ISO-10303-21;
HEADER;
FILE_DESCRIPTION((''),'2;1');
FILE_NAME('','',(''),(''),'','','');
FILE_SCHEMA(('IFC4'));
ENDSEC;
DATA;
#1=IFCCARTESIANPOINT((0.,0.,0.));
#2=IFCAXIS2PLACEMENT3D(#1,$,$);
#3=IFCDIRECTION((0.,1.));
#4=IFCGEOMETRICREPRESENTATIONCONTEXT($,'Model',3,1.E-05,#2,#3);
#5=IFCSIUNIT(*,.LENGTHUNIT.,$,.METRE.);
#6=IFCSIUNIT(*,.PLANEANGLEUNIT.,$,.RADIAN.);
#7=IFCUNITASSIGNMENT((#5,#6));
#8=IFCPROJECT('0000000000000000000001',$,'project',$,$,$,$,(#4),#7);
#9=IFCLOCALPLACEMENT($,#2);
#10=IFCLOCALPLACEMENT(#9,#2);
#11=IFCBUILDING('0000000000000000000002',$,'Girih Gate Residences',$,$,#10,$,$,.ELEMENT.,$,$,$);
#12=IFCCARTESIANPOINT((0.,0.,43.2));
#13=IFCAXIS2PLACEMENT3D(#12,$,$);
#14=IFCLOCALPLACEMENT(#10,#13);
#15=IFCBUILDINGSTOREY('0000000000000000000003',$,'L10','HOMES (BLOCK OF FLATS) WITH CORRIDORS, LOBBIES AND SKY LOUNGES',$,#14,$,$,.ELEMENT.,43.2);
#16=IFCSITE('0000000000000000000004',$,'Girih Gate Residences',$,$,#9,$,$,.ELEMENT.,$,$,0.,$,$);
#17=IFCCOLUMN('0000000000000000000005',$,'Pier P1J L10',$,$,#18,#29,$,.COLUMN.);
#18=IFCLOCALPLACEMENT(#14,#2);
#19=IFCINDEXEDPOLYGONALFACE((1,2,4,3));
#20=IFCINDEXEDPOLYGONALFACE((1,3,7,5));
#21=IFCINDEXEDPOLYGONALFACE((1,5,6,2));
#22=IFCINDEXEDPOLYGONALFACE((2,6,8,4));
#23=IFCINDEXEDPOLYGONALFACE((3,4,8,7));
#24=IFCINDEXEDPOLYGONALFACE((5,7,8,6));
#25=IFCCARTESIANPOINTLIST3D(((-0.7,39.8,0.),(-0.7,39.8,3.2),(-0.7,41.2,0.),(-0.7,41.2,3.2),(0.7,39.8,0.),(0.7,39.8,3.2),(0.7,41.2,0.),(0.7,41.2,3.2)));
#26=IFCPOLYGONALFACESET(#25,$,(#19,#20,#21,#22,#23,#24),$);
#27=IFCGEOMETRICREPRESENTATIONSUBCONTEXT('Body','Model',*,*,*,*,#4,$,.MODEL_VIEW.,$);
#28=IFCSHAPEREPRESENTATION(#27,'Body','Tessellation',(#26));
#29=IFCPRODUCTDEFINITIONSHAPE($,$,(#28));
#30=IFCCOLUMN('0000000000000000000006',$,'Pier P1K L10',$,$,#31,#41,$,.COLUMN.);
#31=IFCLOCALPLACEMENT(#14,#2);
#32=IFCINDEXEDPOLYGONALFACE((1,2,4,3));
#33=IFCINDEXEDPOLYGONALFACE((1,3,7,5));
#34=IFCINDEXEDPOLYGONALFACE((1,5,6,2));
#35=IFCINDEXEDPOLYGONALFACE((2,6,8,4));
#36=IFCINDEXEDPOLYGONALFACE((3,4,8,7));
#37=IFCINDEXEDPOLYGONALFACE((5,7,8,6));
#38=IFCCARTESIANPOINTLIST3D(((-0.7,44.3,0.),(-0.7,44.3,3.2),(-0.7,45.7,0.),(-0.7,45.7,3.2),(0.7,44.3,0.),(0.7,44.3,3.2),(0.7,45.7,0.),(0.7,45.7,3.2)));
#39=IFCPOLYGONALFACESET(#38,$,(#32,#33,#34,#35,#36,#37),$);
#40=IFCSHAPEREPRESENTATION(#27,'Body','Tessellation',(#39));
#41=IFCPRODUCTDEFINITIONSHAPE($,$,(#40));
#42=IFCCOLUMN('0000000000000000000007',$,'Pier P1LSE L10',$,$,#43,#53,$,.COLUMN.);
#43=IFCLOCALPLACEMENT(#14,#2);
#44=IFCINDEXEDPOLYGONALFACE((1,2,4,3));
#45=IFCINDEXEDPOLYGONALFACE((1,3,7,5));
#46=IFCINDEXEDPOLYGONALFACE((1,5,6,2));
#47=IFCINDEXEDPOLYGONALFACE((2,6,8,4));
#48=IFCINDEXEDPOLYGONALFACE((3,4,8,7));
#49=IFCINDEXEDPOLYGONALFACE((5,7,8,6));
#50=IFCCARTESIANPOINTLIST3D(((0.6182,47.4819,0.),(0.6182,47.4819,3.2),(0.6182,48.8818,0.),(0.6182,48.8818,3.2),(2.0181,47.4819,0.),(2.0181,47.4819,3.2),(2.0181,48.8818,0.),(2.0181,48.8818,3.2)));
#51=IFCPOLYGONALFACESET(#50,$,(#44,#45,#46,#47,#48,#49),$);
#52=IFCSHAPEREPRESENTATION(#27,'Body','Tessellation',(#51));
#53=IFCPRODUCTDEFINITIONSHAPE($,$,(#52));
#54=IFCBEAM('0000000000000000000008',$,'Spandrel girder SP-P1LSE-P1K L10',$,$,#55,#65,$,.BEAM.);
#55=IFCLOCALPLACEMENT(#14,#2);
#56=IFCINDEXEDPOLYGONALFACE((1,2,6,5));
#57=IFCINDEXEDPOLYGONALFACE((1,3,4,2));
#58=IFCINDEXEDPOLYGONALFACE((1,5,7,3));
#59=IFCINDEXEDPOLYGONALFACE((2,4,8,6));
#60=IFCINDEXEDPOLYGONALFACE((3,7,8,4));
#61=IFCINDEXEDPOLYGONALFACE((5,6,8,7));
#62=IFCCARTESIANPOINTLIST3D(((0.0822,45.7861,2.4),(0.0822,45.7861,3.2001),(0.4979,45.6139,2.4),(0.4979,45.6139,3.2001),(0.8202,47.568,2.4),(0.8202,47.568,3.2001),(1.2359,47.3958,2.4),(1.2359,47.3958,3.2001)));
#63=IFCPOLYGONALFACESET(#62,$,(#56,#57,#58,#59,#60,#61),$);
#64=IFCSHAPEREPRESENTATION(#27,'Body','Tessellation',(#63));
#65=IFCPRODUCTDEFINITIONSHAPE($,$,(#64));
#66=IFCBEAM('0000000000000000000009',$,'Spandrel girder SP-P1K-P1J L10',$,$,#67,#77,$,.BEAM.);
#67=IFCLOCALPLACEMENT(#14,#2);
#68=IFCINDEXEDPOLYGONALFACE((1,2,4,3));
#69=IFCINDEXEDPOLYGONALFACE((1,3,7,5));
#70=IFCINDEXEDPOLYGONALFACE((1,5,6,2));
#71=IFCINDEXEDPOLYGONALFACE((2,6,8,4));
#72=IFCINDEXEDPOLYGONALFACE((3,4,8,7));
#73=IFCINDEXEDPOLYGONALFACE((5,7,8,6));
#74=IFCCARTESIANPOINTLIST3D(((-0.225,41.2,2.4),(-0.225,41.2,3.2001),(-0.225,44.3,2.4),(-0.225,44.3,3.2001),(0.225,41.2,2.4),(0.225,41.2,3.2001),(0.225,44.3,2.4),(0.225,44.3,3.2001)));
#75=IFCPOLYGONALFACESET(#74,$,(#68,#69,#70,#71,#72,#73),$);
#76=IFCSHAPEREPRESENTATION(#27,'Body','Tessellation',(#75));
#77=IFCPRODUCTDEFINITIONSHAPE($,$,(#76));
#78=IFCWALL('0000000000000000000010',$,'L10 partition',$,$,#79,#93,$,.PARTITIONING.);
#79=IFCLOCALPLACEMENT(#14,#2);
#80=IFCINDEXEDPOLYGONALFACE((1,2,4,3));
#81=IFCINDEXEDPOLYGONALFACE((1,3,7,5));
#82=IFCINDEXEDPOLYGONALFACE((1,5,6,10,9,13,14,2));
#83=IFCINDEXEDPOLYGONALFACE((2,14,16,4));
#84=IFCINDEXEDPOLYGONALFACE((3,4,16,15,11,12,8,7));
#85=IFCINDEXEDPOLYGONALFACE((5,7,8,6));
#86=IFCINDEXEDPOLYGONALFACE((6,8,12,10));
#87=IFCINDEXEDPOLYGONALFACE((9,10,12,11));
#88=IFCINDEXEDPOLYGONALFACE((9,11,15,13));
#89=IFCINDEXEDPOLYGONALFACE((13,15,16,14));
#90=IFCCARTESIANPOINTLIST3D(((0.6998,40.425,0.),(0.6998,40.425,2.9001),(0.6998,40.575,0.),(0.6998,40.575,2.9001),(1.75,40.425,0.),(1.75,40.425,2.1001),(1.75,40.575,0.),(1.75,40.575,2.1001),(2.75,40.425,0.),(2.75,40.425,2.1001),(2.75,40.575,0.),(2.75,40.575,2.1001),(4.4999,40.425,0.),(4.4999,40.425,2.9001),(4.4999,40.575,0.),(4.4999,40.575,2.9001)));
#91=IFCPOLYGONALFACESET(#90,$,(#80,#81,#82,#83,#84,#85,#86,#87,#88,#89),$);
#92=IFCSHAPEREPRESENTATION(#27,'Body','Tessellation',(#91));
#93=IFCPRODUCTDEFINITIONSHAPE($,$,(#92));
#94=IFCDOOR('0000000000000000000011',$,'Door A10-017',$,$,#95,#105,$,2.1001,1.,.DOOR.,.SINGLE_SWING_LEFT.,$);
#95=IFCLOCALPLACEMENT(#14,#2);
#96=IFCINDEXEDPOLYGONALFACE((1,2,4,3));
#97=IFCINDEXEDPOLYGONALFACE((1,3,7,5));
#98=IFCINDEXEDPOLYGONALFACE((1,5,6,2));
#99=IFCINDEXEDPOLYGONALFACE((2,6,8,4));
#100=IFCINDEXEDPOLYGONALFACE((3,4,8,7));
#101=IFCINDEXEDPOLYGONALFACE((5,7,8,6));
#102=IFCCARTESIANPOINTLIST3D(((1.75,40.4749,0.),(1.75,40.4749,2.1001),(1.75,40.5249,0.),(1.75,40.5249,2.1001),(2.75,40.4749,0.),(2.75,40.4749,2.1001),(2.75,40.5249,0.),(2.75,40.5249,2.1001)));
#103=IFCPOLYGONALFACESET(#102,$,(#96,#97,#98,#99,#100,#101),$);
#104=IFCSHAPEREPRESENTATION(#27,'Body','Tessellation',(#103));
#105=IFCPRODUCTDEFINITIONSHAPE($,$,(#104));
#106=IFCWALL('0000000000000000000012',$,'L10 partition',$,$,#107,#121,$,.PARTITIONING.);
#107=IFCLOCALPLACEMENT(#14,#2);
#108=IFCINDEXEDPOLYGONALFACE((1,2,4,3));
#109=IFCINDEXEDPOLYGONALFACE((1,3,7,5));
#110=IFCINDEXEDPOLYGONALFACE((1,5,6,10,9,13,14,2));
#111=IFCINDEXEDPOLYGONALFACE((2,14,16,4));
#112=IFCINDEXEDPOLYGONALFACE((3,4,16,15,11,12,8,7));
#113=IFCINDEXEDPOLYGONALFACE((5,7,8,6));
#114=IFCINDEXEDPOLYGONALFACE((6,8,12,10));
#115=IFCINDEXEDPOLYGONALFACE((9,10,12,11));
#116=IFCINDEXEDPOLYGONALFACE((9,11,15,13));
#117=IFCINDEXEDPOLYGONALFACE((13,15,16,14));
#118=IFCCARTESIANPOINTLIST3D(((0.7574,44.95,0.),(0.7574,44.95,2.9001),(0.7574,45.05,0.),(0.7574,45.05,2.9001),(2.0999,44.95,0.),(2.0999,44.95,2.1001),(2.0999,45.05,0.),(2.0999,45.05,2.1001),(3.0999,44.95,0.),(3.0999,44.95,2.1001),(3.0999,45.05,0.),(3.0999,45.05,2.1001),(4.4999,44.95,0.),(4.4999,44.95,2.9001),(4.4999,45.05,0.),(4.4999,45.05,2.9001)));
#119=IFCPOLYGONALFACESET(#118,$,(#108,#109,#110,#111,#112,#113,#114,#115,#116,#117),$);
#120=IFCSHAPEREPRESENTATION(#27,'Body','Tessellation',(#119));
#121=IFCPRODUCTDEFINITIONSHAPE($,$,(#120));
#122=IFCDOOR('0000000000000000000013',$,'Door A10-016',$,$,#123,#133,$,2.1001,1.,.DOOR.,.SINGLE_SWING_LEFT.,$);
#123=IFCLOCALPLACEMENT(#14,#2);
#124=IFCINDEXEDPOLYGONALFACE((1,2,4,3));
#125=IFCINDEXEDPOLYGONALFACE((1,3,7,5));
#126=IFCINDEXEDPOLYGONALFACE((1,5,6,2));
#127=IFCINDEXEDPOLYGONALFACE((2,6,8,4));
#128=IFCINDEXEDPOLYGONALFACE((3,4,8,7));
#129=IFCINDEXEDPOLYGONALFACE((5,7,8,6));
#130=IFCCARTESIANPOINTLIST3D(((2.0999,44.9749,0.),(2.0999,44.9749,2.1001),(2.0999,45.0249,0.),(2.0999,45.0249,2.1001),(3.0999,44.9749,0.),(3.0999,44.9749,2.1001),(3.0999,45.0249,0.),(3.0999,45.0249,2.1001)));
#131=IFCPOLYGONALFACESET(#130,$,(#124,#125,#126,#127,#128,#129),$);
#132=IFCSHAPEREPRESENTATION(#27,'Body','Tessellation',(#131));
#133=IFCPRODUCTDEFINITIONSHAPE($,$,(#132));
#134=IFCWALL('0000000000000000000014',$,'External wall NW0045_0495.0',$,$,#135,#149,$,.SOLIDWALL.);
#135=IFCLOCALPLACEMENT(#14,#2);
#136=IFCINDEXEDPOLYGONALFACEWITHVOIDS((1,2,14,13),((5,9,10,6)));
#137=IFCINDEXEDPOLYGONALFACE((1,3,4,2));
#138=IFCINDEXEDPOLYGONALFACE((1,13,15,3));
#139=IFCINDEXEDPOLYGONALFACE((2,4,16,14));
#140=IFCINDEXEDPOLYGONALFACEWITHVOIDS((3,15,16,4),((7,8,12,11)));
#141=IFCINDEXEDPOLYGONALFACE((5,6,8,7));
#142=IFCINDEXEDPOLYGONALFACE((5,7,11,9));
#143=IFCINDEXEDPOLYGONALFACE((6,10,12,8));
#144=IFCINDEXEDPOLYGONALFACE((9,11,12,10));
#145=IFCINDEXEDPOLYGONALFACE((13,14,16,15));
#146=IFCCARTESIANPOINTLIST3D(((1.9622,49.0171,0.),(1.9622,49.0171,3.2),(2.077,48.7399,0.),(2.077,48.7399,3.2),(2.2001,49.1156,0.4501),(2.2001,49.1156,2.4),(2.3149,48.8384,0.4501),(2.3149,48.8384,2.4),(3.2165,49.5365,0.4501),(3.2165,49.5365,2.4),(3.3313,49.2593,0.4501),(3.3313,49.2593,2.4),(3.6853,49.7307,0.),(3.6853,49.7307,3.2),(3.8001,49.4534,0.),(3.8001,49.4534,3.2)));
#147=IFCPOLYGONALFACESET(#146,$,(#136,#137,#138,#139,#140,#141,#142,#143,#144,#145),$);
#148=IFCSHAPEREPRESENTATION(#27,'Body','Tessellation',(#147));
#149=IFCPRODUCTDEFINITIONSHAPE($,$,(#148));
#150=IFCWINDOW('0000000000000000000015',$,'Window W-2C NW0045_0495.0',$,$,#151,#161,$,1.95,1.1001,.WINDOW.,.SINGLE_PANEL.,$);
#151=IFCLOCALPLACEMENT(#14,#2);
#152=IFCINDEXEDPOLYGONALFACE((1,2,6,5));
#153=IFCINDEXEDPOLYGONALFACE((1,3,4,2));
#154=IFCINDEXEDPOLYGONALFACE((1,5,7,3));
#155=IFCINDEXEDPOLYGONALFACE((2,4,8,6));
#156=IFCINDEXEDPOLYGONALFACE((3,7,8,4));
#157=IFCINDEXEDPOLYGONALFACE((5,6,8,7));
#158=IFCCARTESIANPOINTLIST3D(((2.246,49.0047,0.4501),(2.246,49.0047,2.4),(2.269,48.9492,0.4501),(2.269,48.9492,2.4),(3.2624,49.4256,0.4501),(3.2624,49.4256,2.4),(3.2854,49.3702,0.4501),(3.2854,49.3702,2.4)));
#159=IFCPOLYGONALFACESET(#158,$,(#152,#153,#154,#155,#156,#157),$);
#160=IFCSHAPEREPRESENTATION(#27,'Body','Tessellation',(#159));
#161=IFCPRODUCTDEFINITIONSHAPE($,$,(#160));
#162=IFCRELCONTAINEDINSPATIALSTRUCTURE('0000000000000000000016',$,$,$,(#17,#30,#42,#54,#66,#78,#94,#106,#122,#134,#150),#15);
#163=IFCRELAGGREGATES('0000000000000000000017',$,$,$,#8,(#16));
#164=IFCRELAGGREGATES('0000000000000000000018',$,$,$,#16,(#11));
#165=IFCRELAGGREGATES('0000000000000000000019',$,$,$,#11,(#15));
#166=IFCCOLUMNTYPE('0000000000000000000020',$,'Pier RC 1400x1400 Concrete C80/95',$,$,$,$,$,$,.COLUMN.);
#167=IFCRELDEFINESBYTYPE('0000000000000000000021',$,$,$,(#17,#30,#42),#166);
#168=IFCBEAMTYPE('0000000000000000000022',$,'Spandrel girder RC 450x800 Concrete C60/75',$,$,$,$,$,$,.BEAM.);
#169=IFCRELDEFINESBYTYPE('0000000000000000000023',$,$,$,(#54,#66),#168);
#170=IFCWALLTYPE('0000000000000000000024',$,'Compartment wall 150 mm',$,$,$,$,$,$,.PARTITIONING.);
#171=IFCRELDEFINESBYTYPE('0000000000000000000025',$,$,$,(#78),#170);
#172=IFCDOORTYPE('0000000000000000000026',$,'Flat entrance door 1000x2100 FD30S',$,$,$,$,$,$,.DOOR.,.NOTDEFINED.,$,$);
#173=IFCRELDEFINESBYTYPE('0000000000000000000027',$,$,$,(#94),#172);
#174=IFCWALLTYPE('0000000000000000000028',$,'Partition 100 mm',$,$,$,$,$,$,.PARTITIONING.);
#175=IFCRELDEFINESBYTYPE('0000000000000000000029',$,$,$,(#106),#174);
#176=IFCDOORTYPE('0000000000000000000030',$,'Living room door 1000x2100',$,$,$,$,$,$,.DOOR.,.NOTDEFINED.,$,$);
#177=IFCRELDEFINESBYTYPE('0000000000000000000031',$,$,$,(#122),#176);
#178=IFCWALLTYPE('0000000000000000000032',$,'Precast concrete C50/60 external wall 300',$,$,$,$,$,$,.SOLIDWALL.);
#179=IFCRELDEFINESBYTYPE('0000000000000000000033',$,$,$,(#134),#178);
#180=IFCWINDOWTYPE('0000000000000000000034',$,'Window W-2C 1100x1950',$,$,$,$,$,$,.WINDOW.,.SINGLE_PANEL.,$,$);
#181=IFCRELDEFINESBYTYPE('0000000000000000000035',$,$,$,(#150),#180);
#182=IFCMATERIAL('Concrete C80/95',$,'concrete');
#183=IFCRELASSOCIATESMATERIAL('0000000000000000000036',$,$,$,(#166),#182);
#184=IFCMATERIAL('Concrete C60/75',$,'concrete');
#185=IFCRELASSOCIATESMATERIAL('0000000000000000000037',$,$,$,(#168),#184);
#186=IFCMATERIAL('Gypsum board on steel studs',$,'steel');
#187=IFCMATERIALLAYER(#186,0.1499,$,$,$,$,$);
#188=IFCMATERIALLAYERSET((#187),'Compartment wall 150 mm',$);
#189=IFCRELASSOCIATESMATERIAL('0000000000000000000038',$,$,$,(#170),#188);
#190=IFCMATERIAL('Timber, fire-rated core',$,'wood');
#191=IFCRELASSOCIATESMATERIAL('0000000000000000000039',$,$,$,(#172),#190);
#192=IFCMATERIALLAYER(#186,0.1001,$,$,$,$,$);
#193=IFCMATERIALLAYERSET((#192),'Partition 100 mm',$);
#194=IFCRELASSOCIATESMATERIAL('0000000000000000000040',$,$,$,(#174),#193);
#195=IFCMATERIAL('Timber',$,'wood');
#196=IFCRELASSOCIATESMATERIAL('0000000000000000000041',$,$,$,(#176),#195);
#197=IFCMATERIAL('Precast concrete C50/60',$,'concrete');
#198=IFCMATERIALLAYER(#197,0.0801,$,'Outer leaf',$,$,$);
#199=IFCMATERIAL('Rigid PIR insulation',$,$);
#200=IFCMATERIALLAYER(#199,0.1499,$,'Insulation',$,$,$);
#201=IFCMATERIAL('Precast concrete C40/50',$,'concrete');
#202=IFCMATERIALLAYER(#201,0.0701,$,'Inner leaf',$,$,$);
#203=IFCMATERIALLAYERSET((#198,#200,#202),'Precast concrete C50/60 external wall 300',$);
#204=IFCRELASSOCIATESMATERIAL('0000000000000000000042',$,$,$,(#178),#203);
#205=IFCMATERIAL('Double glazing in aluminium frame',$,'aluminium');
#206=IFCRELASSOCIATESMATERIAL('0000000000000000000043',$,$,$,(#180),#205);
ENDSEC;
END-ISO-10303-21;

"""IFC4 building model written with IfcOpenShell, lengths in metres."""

from ifc_helpers import new_model, si_unit, direction, frame, frame_2d, origin, origin_2d, place, context, subcontext, project, spatial, rectangle, extrude, material, layer, layer_set, material_profile, profile_set, type_object, element, fill, save


model = new_model("IFC4")

# Units and contexts
model_context = context("Model", 3, precision=1e-05, world=origin(), true_north=direction((0.0, 1.0)))
body_context = subcontext(model_context, "Body", "Model", "MODEL_VIEW")
ifc_project = project(units=[si_unit("LENGTHUNIT", "METRE"), si_unit("PLANEANGLEUNIT", "RADIAN")], contexts=[model_context])

# Site, building, storey
site_placement = place(None, origin())
site = spatial("IfcSite", under=ifc_project, at=site_placement, Name="Girih Gate Residences", CompositionType="ELEMENT", RefElevation=0.0)
building_placement = place(site_placement, origin())
building = spatial("IfcBuilding", under=site, at=building_placement, Name="Girih Gate Residences", CompositionType="ELEMENT")
storey_placement = place(building_placement, frame((0.0, 0.0, 43.2)))
storey = spatial("IfcBuildingStorey", under=building, at=storey_placement, Name="L10", Description="HOMES (BLOCK OF FLATS) WITH CORRIDORS, LOBBIES AND SKY LOUNGES", CompositionType="ELEMENT", Elevation=43.2)

# Columns
ifc_material_1 = material(Name="Concrete C80/95", Category="concrete")
ifc_material_profile_1 = material_profile(ifc_material_1, rectangle(XDim=1.3999, YDim=1.3999, at=origin_2d()))
ifc_profile_set_1 = profile_set([ifc_material_profile_1], Name="Concrete C80/95")
column_type = type_object("IfcColumnType", Name="Pier RC 1400x1400 Concrete C80/95", PredefinedType="COLUMN", material=ifc_profile_set_1)
for number, where, z_axis, x_axis, name in (
    (1, (0.0, 40.5, 0.0), (0.0, 0.0, 1.0), (1.0, 0.0, 0.0), "Pier P1J L10"),
    (2, (0.0, 45.0, 0.0), (0.0, 0.0, 1.0), (1.0, 0.0, 0.0), "Pier P1K L10"),
    (3, (1.3181, 48.1819, 0.0), (0.0, 0.0, 1.0), (1.0, 0.0, 0.0), "Pier P1LSE L10"),
):
    element("IfcColumn", number, at=place(storey_placement, frame(where, z_axis=z_axis, x_axis=x_axis)), inside=storey, type_object=column_type, Name=name, PredefinedType="COLUMN", context=body_context, shape_type="SweptSolid", body=[
        extrude(rectangle(XDim=1.3999, YDim=1.3999, at=origin_2d()), origin(), (0.0, 0.0, 1.0), 3.2),
    ])

# Beams
ifc_material_2 = material(Name="Concrete C60/75", Category="concrete")
ifc_material_profile_2 = material_profile(ifc_material_2, rectangle(XDim=0.45, YDim=0.8, at=origin_2d()))
ifc_profile_set_2 = profile_set([ifc_material_profile_2], Name="Concrete C60/75")
beam_type = type_object("IfcBeamType", Name="Spandrel girder RC 450x800 Concrete C60/75", PredefinedType="BEAM", material=ifc_profile_set_2)
beam_1_placement = place(storey_placement, frame((1.0281, 47.4819, 2.8), z_axis=(-0.382646, -0.923895, 0.0), x_axis=(0.923895, -0.382646, 0.0)))
element("IfcBeam", 4, at=beam_1_placement, inside=storey, type_object=beam_type, Name="Spandrel girder SP-P1LSE-P1K L10", PredefinedType="BEAM", context=body_context, shape_type="SweptSolid", body=[
    extrude(rectangle(XDim=0.45, YDim=0.8, at=origin_2d()), origin(), (0.0, 0.0, 1.0), 1.9287),
])
beam_2_placement = place(storey_placement, frame((0.0, 44.3, 2.8), z_axis=(0.0, -1.0, 0.0), x_axis=(1.0, 0.0, 0.0)))
element("IfcBeam", 5, at=beam_2_placement, inside=storey, type_object=beam_type, Name="Spandrel girder SP-P1K-P1J L10", PredefinedType="BEAM", context=body_context, shape_type="SweptSolid", body=[
    extrude(rectangle(XDim=0.45, YDim=0.8, at=origin_2d()), origin(), (0.0, 0.0, 1.0), 3.1001),
])

# Walls, openings, doors
ifc_material_3 = material(Name="Gypsum board on steel studs", Category="steel")
ifc_layer_1 = layer(ifc_material_3, 0.1499)
ifc_layer_set_1 = layer_set([ifc_layer_1], Name="Compartment wall 150 mm")
wall_type_1 = type_object("IfcWallType", Name="Compartment wall 150 mm", PredefinedType="PARTITIONING", material=ifc_layer_set_1)
wall_1_placement = place(storey_placement, frame((0.7, 40.5, 0.0), z_axis=(0.0, 0.0, 1.0), x_axis=(1.0, 0.0, 0.0)))
wall_1 = element("IfcWall", 6, at=wall_1_placement, inside=storey, type_object=wall_type_1, Name="L10 partition", PredefinedType="PARTITIONING", context=body_context, shape_type="SweptSolid", body=[
    extrude(rectangle(XDim=3.8, YDim=0.1499, at=frame_2d((1.8999, 0.0))), origin(), (0.0, 0.0, 1.0), 2.9001),
])
opening_1_placement = place(wall_1_placement, frame((1.05, 0.0, 0.0)))
opening_1 = element("IfcOpeningElement", 7, at=opening_1_placement, cuts=wall_1, PredefinedType="OPENING", context=body_context, shape_type="SweptSolid", body=[
    extrude(rectangle(XDim=1.0, YDim=2.1001, at=frame_2d((0.5, 1.05))), frame((0.0, 0.085, 0.0), z_axis=(0.0, -1.0, 0.0), x_axis=(1.0, 0.0, 0.0)), (0.0, 0.0, 1.0), 0.1699),
])
ifc_material_4 = material(Name="Timber, fire-rated core", Category="wood")
door_type_1 = type_object("IfcDoorType", Name="Flat entrance door 1000x2100 FD30S", OperationType="NOTDEFINED", PredefinedType="DOOR", material=ifc_material_4)
door_1_placement = place(opening_1_placement, origin())
door_1 = element("IfcDoor", 8, at=door_1_placement, inside=storey, type_object=door_type_1, Name="Door A10-017", OperationType="SINGLE_SWING_LEFT", OverallHeight=2.1001, OverallWidth=1.0, PredefinedType="DOOR", context=body_context, shape_type="SweptSolid", body=[
    extrude(rectangle(XDim=1.0, YDim=2.1001, at=frame_2d((0.5, 1.05))), frame((0.0, 0.0249, 0.0), z_axis=(0.0, -1.0, 0.0), x_axis=(1.0, 0.0, 0.0)), (0.0, 0.0, 1.0), 0.05),
])
fill(opening_1, door_1)
ifc_layer_2 = layer(ifc_material_3, 0.1001)
ifc_layer_set_2 = layer_set([ifc_layer_2], Name="Partition 100 mm")
wall_type_2 = type_object("IfcWallType", Name="Partition 100 mm", PredefinedType="PARTITIONING", material=ifc_layer_set_2)
wall_2_placement = place(storey_placement, frame((0.7576, 45.0, 0.0), z_axis=(0.0, 0.0, 1.0), x_axis=(1.0, 0.0, 0.0)))
wall_2 = element("IfcWall", 9, at=wall_2_placement, inside=storey, type_object=wall_type_2, Name="L10 partition", PredefinedType="PARTITIONING", context=body_context, shape_type="SweptSolid", body=[
    extrude(rectangle(XDim=3.7424, YDim=0.1001, at=frame_2d((1.8711, 0.0))), origin(), (0.0, 0.0, 1.0), 2.9001),
])
opening_2_placement = place(wall_2_placement, frame((1.3423, 0.0, 0.0)))
opening_2 = element("IfcOpeningElement", 10, at=opening_2_placement, cuts=wall_2, PredefinedType="OPENING", context=body_context, shape_type="SweptSolid", body=[
    extrude(rectangle(XDim=1.0, YDim=2.1001, at=frame_2d((0.5, 1.05))), frame((0.0, 0.0601, 0.0), z_axis=(0.0, -1.0, 0.0), x_axis=(1.0, 0.0, 0.0)), (0.0, 0.0, 1.0), 0.1201),
])
ifc_material_5 = material(Name="Timber", Category="wood")
door_type_2 = type_object("IfcDoorType", Name="Living room door 1000x2100", OperationType="NOTDEFINED", PredefinedType="DOOR", material=ifc_material_5)
door_2_placement = place(opening_2_placement, origin())
door_2 = element("IfcDoor", 11, at=door_2_placement, inside=storey, type_object=door_type_2, Name="Door A10-016", OperationType="SINGLE_SWING_LEFT", OverallHeight=2.1001, OverallWidth=1.0, PredefinedType="DOOR", context=body_context, shape_type="SweptSolid", body=[
    extrude(rectangle(XDim=1.0, YDim=2.1001, at=frame_2d((0.5, 1.05))), frame((0.0, 0.0249, 0.0), z_axis=(0.0, -1.0, 0.0), x_axis=(1.0, 0.0, 0.0)), (0.0, 0.0, 1.0), 0.05),
])
fill(opening_2, door_2)

# Wall, opening, window
ifc_material_6 = material(Name="Precast concrete C50/60", Category="concrete")
ifc_layer_3 = layer(ifc_material_6, 0.0801, Name="Outer leaf")
ifc_material_7 = material(Name="Rigid PIR insulation")
ifc_layer_4 = layer(ifc_material_7, 0.1499, Name="Insulation")
ifc_material_8 = material(Name="Precast concrete C40/50", Category="concrete")
ifc_layer_5 = layer(ifc_material_8, 0.0701, Name="Inner leaf")
ifc_layer_set_3 = layer_set([ifc_layer_3, ifc_layer_4, ifc_layer_5], Name="Precast concrete C50/60 external wall 300")
wall_type_3 = type_object("IfcWallType", Name="Precast concrete C50/60 external wall 300", PredefinedType="SOLIDWALL", material=ifc_layer_set_3)
wall_3_placement = place(storey_placement, frame((2.0195, 48.8784, 0.0), z_axis=(0.0, 0.0, 1.0), x_axis=(0.923904, 0.382625, 0.0)))
wall_3 = element("IfcWall", 12, at=wall_3_placement, inside=storey, type_object=wall_type_3, Name="External wall NW0045_0495.0", PredefinedType="SOLIDWALL", context=body_context, shape_type="SweptSolid", body=[
    extrude(rectangle(XDim=1.865, YDim=0.3, at=frame_2d((0.9326, 0.0))), origin(), (0.0, 0.0, 1.0), 3.2),
])
opening_3_placement = place(wall_3_placement, frame((0.2576, 0.0, 0.45)))
opening_3 = element("IfcOpeningElement", 13, at=opening_3_placement, cuts=wall_3, PredefinedType="OPENING", context=body_context, shape_type="SweptSolid", body=[
    extrude(rectangle(XDim=1.1001, YDim=1.95, at=frame_2d((0.55, 0.9751))), frame((0.0, 0.1599, 0.0), z_axis=(0.0, -1.0, 0.0), x_axis=(1.0, 0.0, 0.0)), (0.0, 0.0, 1.0), 0.3201),
])
ifc_material_9 = material(Name="Double glazing in aluminium frame", Category="aluminium")
window_type_1 = type_object("IfcWindowType", Name="Window W-2C 1100x1950", PartitioningType="SINGLE_PANEL", PredefinedType="WINDOW", material=ifc_material_9)
window_1_placement = place(opening_3_placement, origin())
window_1 = element("IfcWindow", 14, at=window_1_placement, inside=storey, type_object=window_type_1, Name="Window W-2C NW0045_0495.0", OverallHeight=1.95, OverallWidth=1.1001, PartitioningType="SINGLE_PANEL", PredefinedType="WINDOW", context=body_context, shape_type="SweptSolid", body=[
    extrude(rectangle(XDim=1.1001, YDim=1.95, at=frame_2d((0.55, 0.9751))), frame((0.0, 0.03, 0.0), z_axis=(0.0, -1.0, 0.0), x_axis=(1.0, 0.0, 0.0)), (0.0, 0.0, 1.0), 0.0601),
])
fill(opening_3, window_1)

save(model, "model.ifc")
